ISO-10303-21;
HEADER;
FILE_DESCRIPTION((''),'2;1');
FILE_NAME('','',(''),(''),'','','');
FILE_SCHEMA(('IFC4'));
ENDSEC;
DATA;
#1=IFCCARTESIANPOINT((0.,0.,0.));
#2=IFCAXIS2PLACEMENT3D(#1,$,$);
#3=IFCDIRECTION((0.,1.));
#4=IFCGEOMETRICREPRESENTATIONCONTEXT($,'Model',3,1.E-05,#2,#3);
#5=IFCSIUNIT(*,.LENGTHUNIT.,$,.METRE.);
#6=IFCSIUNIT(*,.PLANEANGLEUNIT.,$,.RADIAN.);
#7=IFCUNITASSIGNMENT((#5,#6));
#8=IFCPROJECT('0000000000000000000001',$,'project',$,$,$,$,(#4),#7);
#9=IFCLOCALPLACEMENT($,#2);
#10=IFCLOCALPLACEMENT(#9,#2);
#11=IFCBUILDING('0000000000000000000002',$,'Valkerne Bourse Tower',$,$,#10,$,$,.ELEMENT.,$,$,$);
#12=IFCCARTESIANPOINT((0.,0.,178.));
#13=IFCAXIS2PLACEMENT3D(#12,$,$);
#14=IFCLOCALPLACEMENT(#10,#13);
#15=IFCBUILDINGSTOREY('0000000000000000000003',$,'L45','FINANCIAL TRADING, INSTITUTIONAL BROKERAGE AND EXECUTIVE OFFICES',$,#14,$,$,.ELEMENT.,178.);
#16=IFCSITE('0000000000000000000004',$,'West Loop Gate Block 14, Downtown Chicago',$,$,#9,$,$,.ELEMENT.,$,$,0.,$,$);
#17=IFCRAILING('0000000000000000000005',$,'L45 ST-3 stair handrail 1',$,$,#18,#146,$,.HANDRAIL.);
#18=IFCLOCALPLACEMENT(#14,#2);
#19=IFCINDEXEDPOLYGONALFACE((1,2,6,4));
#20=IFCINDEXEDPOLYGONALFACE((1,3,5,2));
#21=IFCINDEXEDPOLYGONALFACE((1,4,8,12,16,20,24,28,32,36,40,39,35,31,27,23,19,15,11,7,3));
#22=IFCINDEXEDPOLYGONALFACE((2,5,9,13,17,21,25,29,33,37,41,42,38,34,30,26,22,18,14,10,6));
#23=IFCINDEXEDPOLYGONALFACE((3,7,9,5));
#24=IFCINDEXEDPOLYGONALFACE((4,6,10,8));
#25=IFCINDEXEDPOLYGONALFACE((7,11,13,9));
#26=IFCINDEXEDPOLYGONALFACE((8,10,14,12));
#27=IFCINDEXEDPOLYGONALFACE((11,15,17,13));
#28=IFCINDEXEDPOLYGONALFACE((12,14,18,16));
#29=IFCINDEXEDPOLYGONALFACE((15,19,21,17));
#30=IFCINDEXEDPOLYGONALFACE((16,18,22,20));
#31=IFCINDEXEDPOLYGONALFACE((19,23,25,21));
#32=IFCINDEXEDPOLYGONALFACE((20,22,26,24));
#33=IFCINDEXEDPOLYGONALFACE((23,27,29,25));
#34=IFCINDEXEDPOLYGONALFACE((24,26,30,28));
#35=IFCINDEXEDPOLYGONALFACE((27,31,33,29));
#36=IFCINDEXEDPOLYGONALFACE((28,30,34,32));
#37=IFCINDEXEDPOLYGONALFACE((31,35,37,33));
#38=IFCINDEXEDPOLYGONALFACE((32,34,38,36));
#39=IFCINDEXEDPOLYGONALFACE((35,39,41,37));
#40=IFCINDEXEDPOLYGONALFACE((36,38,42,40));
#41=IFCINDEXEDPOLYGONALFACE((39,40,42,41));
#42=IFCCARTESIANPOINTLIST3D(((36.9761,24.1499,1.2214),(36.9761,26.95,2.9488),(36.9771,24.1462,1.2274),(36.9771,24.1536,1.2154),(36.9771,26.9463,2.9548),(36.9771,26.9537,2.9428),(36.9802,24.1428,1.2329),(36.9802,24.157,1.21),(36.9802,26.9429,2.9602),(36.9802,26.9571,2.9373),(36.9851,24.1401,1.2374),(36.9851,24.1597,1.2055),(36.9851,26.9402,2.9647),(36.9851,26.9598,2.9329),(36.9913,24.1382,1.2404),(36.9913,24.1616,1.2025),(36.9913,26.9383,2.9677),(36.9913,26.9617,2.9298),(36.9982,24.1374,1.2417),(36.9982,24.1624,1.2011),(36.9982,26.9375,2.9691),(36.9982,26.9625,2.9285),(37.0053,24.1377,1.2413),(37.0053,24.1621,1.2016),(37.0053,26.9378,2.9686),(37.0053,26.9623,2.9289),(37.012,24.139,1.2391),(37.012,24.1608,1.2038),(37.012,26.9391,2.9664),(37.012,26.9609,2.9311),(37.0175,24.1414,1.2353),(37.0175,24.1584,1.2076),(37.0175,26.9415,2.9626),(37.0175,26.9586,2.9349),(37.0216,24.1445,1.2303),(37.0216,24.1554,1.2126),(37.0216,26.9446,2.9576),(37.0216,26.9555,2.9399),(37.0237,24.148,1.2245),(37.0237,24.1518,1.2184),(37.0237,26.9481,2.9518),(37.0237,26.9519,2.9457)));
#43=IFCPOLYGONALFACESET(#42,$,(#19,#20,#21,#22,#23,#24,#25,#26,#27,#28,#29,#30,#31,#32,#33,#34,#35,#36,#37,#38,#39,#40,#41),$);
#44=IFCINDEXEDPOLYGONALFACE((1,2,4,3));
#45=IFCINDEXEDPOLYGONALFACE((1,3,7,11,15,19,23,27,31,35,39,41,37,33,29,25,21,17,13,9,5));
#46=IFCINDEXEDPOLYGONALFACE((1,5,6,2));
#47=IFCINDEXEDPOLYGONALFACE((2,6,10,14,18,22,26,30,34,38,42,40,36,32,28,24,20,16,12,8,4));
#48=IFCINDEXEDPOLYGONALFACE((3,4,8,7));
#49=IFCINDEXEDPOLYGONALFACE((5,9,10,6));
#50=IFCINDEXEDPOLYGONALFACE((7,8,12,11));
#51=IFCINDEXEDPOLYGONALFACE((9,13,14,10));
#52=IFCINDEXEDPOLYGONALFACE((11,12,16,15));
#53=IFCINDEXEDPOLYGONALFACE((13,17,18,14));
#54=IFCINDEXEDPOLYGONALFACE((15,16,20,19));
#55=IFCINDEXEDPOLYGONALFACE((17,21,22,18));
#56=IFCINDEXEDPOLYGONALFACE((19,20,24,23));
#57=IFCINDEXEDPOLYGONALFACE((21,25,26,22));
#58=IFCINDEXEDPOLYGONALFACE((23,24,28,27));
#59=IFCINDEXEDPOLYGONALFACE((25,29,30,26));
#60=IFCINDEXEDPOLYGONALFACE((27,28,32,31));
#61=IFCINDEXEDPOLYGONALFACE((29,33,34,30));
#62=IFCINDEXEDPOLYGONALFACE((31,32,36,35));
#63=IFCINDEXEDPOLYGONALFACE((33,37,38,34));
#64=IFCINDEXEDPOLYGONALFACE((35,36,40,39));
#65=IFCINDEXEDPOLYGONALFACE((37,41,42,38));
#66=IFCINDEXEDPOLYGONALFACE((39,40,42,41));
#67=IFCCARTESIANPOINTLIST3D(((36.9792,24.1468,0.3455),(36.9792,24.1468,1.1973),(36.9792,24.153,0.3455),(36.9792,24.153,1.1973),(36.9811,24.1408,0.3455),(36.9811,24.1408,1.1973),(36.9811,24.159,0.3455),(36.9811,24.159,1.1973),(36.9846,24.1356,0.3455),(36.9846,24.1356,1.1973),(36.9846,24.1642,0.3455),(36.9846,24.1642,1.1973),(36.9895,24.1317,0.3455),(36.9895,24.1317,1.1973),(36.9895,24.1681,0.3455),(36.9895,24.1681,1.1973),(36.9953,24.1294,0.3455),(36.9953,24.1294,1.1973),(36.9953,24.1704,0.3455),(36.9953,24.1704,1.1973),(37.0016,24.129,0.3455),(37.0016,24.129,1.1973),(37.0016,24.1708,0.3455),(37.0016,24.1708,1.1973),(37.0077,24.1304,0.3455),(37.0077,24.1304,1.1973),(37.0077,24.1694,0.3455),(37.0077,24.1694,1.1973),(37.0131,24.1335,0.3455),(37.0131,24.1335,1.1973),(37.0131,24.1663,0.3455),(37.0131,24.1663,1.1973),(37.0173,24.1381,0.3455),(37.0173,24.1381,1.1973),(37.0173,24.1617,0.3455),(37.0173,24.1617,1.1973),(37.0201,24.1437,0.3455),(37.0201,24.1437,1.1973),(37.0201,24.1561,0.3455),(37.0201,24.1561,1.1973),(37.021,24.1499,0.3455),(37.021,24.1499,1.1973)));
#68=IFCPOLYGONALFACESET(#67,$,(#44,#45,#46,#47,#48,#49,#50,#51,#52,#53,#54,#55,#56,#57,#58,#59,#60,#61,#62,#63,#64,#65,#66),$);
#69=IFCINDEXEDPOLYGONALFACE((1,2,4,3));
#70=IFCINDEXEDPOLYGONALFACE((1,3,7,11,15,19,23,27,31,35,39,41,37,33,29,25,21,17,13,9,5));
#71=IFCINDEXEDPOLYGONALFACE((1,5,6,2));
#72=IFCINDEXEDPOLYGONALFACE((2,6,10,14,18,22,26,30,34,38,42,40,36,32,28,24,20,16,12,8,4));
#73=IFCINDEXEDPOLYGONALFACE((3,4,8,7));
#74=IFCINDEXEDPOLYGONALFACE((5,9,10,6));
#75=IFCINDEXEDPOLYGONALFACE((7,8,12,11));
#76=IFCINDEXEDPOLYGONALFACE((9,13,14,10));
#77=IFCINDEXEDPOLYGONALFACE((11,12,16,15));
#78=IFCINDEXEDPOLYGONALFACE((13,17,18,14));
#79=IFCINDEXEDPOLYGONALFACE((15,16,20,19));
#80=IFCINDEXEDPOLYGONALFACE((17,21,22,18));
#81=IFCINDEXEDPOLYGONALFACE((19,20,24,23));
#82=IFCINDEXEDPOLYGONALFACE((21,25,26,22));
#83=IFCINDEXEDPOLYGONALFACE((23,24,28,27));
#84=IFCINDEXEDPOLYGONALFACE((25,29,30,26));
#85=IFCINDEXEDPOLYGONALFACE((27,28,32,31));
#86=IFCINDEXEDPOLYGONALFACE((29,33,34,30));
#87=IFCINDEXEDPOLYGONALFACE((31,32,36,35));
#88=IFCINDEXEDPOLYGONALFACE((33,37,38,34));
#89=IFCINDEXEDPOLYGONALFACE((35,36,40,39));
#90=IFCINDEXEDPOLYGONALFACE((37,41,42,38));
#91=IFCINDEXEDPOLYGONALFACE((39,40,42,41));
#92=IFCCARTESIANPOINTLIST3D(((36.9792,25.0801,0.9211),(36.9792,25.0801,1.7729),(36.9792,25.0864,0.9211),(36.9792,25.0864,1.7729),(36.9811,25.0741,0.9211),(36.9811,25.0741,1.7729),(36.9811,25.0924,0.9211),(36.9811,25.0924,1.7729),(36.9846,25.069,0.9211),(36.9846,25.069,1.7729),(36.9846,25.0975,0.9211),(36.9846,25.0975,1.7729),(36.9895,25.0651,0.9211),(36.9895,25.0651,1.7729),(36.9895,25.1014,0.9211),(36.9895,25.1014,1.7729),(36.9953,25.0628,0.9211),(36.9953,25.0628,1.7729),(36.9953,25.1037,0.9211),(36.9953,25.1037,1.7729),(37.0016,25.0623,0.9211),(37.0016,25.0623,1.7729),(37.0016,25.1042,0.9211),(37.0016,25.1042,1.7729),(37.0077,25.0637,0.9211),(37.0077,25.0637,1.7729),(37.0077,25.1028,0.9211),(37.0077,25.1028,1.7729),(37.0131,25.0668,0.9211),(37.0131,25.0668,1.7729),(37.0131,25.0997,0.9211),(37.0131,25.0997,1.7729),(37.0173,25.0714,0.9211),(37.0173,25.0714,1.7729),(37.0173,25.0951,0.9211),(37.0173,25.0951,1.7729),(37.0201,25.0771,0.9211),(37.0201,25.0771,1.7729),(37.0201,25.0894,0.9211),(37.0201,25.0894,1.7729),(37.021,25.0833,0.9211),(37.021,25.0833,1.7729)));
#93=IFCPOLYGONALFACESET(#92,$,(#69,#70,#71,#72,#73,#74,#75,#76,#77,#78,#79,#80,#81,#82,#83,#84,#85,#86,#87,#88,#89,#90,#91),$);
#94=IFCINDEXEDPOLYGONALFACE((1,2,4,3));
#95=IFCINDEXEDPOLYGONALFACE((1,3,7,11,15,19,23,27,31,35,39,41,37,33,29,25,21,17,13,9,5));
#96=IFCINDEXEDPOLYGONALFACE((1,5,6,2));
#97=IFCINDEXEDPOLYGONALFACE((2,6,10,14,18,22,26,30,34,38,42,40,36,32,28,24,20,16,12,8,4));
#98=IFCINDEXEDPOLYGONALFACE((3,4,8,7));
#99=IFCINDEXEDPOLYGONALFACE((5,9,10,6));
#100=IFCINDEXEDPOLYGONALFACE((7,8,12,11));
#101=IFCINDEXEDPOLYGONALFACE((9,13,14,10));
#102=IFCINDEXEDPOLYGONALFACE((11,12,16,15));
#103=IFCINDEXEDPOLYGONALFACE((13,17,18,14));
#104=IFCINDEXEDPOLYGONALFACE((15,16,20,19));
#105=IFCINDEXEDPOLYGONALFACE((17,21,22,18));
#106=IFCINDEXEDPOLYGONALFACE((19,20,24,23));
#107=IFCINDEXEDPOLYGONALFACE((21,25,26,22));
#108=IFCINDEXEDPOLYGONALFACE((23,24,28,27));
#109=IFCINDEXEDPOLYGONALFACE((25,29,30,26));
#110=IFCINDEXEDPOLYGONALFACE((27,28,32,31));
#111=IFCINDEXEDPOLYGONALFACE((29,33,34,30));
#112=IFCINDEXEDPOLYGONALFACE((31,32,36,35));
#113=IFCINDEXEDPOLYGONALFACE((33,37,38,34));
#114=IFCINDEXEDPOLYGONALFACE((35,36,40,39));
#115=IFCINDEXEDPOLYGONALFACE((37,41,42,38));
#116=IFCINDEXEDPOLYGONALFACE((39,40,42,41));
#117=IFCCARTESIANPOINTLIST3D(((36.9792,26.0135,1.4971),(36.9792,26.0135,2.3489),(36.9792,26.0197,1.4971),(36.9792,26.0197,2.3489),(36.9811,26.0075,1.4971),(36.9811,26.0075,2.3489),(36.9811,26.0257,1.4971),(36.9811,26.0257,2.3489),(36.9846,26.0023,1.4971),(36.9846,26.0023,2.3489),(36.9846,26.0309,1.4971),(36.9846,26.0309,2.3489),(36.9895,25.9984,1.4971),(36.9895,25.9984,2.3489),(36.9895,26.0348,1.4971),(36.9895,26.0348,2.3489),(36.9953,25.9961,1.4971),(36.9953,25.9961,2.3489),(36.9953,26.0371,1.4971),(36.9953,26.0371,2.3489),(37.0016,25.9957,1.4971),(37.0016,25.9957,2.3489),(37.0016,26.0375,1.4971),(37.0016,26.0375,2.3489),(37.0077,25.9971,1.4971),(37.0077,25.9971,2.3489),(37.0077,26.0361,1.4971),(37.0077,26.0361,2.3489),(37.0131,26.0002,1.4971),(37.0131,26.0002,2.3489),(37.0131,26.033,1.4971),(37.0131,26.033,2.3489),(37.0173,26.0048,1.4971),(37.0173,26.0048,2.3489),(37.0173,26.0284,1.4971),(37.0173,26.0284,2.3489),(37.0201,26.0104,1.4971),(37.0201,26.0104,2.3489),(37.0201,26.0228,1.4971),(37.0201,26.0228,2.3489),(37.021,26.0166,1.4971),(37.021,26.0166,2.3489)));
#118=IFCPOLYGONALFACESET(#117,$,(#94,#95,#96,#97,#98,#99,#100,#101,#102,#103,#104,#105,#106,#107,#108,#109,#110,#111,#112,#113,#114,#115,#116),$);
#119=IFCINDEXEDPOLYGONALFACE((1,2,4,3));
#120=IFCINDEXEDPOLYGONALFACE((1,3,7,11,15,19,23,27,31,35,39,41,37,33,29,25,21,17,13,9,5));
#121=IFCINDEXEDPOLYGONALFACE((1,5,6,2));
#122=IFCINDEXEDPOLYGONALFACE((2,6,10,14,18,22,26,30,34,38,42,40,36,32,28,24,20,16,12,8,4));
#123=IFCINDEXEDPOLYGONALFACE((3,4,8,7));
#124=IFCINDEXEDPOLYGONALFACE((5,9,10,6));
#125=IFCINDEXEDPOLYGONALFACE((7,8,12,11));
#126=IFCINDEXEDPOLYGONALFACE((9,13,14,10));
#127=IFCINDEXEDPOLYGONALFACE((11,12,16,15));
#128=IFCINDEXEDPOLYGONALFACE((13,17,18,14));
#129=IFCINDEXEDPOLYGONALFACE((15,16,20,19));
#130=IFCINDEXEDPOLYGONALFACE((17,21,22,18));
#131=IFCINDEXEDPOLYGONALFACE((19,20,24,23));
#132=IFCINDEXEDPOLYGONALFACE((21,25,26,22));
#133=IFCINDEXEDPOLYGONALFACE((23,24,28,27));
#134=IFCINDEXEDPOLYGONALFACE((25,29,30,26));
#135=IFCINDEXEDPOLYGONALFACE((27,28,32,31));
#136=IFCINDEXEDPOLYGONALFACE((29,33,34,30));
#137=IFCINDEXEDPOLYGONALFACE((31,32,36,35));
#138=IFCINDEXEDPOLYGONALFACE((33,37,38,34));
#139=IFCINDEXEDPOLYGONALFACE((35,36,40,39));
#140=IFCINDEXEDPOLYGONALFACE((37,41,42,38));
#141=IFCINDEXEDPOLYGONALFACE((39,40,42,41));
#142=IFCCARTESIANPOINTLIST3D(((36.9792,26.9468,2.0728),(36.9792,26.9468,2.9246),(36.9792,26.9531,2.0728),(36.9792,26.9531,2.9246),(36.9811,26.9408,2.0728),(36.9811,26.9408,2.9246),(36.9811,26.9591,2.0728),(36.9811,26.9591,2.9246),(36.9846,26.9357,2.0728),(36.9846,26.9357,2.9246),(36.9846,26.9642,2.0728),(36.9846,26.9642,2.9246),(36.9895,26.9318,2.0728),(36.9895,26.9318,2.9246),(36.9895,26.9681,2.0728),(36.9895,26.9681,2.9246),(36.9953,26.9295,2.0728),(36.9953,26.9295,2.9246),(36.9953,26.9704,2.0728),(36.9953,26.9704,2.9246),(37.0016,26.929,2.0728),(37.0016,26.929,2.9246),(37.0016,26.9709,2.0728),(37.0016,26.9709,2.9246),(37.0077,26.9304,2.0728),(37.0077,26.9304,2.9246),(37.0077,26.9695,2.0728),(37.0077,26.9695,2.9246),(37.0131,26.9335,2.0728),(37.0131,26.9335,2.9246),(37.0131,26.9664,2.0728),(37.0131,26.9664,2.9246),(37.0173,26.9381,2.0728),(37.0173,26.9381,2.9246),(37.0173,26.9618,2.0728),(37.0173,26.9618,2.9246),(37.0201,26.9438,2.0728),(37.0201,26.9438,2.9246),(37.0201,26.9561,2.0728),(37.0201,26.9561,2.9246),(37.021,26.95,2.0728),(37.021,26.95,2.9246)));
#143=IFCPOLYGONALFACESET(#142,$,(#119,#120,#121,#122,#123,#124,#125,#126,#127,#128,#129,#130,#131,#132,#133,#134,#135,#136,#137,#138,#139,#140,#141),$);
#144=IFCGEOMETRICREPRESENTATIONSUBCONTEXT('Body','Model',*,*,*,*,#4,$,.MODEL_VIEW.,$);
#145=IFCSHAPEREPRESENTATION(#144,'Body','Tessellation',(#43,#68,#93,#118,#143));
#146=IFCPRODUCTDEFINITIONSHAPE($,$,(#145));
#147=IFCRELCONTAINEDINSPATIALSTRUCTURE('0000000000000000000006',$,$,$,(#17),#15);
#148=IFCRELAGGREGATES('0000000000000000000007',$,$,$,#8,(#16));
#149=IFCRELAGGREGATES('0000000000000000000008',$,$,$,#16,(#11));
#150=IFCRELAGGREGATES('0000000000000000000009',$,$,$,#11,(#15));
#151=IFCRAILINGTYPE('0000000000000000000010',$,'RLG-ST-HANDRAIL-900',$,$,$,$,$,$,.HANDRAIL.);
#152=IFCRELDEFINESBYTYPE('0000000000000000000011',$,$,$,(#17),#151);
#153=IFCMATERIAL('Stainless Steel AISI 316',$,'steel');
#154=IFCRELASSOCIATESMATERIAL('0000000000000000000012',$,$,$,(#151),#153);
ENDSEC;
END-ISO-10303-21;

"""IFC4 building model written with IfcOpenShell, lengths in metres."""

from ifc_helpers import new_model, si_unit, direction, frame, origin, origin_2d, place, context, subcontext, project, spatial, circle, extrude, material, type_object, element, save


model = new_model("IFC4")

# Units and contexts
model_context = context("Model", 3, precision=1e-05, world=origin(), true_north=direction((0.0, 1.0)))
body_context = subcontext(model_context, "Body", "Model", "MODEL_VIEW")
ifc_project = project(units=[si_unit("LENGTHUNIT", "METRE"), si_unit("PLANEANGLEUNIT", "RADIAN")], contexts=[model_context])

# Site, building, storey
site_placement = place(None, origin())
site = spatial("IfcSite", under=ifc_project, at=site_placement, Name="West Loop Gate Block 14, Downtown Chicago", CompositionType="ELEMENT", RefElevation=0.0)
building_placement = place(site_placement, origin())
building = spatial("IfcBuilding", under=site, at=building_placement, Name="Valkerne Bourse Tower", CompositionType="ELEMENT")
storey_placement = place(building_placement, frame((0.0, 0.0, 178.0)))
storey = spatial("IfcBuildingStorey", under=building, at=storey_placement, Name="L45", Description="FINANCIAL TRADING, INSTITUTIONAL BROKERAGE AND EXECUTIVE OFFICES", CompositionType="ELEMENT", Elevation=178.0)

# Railing
ifc_material_1 = material(Name="Stainless Steel AISI 316", Category="steel")
railing_type_1 = type_object("IfcRailingType", Name="RLG-ST-HANDRAIL-900", PredefinedType="HANDRAIL", material=ifc_material_1)
railing_1_placement = place(storey_placement, frame((37.0, 24.1499, 0.3455)))
element("IfcRailing", 1, at=railing_1_placement, inside=storey, type_object=railing_type_1, Name="L45 ST-3 stair handrail 1", PredefinedType="HANDRAIL", context=body_context, shape_type="SweptSolid", body=[
    extrude(circle(Radius=0.0239, at=origin_2d()), frame((0.0, 0.0, 0.876), z_axis=(0.0, 0.85109, 0.52502), x_axis=(-1.0, 0.0, 0.0)), (0.0, 0.0, 1.0), 3.29),
    extrude(circle(Radius=0.021, at=origin_2d()), origin(), (0.0, 0.0, 1.0), 0.8518),
    extrude(circle(Radius=0.021, at=origin_2d()), frame((0.0, 0.9333, 0.5757)), (0.0, 0.0, 1.0), 0.8518),
    extrude(circle(Radius=0.021, at=origin_2d()), frame((0.0, 1.8667, 1.1516)), (0.0, 0.0, 1.0), 0.8518),
    extrude(circle(Radius=0.021, at=origin_2d()), frame((0.0, 2.8, 1.7273)), (0.0, 0.0, 1.0), 0.8518),
])

save(model, "model.ifc")
